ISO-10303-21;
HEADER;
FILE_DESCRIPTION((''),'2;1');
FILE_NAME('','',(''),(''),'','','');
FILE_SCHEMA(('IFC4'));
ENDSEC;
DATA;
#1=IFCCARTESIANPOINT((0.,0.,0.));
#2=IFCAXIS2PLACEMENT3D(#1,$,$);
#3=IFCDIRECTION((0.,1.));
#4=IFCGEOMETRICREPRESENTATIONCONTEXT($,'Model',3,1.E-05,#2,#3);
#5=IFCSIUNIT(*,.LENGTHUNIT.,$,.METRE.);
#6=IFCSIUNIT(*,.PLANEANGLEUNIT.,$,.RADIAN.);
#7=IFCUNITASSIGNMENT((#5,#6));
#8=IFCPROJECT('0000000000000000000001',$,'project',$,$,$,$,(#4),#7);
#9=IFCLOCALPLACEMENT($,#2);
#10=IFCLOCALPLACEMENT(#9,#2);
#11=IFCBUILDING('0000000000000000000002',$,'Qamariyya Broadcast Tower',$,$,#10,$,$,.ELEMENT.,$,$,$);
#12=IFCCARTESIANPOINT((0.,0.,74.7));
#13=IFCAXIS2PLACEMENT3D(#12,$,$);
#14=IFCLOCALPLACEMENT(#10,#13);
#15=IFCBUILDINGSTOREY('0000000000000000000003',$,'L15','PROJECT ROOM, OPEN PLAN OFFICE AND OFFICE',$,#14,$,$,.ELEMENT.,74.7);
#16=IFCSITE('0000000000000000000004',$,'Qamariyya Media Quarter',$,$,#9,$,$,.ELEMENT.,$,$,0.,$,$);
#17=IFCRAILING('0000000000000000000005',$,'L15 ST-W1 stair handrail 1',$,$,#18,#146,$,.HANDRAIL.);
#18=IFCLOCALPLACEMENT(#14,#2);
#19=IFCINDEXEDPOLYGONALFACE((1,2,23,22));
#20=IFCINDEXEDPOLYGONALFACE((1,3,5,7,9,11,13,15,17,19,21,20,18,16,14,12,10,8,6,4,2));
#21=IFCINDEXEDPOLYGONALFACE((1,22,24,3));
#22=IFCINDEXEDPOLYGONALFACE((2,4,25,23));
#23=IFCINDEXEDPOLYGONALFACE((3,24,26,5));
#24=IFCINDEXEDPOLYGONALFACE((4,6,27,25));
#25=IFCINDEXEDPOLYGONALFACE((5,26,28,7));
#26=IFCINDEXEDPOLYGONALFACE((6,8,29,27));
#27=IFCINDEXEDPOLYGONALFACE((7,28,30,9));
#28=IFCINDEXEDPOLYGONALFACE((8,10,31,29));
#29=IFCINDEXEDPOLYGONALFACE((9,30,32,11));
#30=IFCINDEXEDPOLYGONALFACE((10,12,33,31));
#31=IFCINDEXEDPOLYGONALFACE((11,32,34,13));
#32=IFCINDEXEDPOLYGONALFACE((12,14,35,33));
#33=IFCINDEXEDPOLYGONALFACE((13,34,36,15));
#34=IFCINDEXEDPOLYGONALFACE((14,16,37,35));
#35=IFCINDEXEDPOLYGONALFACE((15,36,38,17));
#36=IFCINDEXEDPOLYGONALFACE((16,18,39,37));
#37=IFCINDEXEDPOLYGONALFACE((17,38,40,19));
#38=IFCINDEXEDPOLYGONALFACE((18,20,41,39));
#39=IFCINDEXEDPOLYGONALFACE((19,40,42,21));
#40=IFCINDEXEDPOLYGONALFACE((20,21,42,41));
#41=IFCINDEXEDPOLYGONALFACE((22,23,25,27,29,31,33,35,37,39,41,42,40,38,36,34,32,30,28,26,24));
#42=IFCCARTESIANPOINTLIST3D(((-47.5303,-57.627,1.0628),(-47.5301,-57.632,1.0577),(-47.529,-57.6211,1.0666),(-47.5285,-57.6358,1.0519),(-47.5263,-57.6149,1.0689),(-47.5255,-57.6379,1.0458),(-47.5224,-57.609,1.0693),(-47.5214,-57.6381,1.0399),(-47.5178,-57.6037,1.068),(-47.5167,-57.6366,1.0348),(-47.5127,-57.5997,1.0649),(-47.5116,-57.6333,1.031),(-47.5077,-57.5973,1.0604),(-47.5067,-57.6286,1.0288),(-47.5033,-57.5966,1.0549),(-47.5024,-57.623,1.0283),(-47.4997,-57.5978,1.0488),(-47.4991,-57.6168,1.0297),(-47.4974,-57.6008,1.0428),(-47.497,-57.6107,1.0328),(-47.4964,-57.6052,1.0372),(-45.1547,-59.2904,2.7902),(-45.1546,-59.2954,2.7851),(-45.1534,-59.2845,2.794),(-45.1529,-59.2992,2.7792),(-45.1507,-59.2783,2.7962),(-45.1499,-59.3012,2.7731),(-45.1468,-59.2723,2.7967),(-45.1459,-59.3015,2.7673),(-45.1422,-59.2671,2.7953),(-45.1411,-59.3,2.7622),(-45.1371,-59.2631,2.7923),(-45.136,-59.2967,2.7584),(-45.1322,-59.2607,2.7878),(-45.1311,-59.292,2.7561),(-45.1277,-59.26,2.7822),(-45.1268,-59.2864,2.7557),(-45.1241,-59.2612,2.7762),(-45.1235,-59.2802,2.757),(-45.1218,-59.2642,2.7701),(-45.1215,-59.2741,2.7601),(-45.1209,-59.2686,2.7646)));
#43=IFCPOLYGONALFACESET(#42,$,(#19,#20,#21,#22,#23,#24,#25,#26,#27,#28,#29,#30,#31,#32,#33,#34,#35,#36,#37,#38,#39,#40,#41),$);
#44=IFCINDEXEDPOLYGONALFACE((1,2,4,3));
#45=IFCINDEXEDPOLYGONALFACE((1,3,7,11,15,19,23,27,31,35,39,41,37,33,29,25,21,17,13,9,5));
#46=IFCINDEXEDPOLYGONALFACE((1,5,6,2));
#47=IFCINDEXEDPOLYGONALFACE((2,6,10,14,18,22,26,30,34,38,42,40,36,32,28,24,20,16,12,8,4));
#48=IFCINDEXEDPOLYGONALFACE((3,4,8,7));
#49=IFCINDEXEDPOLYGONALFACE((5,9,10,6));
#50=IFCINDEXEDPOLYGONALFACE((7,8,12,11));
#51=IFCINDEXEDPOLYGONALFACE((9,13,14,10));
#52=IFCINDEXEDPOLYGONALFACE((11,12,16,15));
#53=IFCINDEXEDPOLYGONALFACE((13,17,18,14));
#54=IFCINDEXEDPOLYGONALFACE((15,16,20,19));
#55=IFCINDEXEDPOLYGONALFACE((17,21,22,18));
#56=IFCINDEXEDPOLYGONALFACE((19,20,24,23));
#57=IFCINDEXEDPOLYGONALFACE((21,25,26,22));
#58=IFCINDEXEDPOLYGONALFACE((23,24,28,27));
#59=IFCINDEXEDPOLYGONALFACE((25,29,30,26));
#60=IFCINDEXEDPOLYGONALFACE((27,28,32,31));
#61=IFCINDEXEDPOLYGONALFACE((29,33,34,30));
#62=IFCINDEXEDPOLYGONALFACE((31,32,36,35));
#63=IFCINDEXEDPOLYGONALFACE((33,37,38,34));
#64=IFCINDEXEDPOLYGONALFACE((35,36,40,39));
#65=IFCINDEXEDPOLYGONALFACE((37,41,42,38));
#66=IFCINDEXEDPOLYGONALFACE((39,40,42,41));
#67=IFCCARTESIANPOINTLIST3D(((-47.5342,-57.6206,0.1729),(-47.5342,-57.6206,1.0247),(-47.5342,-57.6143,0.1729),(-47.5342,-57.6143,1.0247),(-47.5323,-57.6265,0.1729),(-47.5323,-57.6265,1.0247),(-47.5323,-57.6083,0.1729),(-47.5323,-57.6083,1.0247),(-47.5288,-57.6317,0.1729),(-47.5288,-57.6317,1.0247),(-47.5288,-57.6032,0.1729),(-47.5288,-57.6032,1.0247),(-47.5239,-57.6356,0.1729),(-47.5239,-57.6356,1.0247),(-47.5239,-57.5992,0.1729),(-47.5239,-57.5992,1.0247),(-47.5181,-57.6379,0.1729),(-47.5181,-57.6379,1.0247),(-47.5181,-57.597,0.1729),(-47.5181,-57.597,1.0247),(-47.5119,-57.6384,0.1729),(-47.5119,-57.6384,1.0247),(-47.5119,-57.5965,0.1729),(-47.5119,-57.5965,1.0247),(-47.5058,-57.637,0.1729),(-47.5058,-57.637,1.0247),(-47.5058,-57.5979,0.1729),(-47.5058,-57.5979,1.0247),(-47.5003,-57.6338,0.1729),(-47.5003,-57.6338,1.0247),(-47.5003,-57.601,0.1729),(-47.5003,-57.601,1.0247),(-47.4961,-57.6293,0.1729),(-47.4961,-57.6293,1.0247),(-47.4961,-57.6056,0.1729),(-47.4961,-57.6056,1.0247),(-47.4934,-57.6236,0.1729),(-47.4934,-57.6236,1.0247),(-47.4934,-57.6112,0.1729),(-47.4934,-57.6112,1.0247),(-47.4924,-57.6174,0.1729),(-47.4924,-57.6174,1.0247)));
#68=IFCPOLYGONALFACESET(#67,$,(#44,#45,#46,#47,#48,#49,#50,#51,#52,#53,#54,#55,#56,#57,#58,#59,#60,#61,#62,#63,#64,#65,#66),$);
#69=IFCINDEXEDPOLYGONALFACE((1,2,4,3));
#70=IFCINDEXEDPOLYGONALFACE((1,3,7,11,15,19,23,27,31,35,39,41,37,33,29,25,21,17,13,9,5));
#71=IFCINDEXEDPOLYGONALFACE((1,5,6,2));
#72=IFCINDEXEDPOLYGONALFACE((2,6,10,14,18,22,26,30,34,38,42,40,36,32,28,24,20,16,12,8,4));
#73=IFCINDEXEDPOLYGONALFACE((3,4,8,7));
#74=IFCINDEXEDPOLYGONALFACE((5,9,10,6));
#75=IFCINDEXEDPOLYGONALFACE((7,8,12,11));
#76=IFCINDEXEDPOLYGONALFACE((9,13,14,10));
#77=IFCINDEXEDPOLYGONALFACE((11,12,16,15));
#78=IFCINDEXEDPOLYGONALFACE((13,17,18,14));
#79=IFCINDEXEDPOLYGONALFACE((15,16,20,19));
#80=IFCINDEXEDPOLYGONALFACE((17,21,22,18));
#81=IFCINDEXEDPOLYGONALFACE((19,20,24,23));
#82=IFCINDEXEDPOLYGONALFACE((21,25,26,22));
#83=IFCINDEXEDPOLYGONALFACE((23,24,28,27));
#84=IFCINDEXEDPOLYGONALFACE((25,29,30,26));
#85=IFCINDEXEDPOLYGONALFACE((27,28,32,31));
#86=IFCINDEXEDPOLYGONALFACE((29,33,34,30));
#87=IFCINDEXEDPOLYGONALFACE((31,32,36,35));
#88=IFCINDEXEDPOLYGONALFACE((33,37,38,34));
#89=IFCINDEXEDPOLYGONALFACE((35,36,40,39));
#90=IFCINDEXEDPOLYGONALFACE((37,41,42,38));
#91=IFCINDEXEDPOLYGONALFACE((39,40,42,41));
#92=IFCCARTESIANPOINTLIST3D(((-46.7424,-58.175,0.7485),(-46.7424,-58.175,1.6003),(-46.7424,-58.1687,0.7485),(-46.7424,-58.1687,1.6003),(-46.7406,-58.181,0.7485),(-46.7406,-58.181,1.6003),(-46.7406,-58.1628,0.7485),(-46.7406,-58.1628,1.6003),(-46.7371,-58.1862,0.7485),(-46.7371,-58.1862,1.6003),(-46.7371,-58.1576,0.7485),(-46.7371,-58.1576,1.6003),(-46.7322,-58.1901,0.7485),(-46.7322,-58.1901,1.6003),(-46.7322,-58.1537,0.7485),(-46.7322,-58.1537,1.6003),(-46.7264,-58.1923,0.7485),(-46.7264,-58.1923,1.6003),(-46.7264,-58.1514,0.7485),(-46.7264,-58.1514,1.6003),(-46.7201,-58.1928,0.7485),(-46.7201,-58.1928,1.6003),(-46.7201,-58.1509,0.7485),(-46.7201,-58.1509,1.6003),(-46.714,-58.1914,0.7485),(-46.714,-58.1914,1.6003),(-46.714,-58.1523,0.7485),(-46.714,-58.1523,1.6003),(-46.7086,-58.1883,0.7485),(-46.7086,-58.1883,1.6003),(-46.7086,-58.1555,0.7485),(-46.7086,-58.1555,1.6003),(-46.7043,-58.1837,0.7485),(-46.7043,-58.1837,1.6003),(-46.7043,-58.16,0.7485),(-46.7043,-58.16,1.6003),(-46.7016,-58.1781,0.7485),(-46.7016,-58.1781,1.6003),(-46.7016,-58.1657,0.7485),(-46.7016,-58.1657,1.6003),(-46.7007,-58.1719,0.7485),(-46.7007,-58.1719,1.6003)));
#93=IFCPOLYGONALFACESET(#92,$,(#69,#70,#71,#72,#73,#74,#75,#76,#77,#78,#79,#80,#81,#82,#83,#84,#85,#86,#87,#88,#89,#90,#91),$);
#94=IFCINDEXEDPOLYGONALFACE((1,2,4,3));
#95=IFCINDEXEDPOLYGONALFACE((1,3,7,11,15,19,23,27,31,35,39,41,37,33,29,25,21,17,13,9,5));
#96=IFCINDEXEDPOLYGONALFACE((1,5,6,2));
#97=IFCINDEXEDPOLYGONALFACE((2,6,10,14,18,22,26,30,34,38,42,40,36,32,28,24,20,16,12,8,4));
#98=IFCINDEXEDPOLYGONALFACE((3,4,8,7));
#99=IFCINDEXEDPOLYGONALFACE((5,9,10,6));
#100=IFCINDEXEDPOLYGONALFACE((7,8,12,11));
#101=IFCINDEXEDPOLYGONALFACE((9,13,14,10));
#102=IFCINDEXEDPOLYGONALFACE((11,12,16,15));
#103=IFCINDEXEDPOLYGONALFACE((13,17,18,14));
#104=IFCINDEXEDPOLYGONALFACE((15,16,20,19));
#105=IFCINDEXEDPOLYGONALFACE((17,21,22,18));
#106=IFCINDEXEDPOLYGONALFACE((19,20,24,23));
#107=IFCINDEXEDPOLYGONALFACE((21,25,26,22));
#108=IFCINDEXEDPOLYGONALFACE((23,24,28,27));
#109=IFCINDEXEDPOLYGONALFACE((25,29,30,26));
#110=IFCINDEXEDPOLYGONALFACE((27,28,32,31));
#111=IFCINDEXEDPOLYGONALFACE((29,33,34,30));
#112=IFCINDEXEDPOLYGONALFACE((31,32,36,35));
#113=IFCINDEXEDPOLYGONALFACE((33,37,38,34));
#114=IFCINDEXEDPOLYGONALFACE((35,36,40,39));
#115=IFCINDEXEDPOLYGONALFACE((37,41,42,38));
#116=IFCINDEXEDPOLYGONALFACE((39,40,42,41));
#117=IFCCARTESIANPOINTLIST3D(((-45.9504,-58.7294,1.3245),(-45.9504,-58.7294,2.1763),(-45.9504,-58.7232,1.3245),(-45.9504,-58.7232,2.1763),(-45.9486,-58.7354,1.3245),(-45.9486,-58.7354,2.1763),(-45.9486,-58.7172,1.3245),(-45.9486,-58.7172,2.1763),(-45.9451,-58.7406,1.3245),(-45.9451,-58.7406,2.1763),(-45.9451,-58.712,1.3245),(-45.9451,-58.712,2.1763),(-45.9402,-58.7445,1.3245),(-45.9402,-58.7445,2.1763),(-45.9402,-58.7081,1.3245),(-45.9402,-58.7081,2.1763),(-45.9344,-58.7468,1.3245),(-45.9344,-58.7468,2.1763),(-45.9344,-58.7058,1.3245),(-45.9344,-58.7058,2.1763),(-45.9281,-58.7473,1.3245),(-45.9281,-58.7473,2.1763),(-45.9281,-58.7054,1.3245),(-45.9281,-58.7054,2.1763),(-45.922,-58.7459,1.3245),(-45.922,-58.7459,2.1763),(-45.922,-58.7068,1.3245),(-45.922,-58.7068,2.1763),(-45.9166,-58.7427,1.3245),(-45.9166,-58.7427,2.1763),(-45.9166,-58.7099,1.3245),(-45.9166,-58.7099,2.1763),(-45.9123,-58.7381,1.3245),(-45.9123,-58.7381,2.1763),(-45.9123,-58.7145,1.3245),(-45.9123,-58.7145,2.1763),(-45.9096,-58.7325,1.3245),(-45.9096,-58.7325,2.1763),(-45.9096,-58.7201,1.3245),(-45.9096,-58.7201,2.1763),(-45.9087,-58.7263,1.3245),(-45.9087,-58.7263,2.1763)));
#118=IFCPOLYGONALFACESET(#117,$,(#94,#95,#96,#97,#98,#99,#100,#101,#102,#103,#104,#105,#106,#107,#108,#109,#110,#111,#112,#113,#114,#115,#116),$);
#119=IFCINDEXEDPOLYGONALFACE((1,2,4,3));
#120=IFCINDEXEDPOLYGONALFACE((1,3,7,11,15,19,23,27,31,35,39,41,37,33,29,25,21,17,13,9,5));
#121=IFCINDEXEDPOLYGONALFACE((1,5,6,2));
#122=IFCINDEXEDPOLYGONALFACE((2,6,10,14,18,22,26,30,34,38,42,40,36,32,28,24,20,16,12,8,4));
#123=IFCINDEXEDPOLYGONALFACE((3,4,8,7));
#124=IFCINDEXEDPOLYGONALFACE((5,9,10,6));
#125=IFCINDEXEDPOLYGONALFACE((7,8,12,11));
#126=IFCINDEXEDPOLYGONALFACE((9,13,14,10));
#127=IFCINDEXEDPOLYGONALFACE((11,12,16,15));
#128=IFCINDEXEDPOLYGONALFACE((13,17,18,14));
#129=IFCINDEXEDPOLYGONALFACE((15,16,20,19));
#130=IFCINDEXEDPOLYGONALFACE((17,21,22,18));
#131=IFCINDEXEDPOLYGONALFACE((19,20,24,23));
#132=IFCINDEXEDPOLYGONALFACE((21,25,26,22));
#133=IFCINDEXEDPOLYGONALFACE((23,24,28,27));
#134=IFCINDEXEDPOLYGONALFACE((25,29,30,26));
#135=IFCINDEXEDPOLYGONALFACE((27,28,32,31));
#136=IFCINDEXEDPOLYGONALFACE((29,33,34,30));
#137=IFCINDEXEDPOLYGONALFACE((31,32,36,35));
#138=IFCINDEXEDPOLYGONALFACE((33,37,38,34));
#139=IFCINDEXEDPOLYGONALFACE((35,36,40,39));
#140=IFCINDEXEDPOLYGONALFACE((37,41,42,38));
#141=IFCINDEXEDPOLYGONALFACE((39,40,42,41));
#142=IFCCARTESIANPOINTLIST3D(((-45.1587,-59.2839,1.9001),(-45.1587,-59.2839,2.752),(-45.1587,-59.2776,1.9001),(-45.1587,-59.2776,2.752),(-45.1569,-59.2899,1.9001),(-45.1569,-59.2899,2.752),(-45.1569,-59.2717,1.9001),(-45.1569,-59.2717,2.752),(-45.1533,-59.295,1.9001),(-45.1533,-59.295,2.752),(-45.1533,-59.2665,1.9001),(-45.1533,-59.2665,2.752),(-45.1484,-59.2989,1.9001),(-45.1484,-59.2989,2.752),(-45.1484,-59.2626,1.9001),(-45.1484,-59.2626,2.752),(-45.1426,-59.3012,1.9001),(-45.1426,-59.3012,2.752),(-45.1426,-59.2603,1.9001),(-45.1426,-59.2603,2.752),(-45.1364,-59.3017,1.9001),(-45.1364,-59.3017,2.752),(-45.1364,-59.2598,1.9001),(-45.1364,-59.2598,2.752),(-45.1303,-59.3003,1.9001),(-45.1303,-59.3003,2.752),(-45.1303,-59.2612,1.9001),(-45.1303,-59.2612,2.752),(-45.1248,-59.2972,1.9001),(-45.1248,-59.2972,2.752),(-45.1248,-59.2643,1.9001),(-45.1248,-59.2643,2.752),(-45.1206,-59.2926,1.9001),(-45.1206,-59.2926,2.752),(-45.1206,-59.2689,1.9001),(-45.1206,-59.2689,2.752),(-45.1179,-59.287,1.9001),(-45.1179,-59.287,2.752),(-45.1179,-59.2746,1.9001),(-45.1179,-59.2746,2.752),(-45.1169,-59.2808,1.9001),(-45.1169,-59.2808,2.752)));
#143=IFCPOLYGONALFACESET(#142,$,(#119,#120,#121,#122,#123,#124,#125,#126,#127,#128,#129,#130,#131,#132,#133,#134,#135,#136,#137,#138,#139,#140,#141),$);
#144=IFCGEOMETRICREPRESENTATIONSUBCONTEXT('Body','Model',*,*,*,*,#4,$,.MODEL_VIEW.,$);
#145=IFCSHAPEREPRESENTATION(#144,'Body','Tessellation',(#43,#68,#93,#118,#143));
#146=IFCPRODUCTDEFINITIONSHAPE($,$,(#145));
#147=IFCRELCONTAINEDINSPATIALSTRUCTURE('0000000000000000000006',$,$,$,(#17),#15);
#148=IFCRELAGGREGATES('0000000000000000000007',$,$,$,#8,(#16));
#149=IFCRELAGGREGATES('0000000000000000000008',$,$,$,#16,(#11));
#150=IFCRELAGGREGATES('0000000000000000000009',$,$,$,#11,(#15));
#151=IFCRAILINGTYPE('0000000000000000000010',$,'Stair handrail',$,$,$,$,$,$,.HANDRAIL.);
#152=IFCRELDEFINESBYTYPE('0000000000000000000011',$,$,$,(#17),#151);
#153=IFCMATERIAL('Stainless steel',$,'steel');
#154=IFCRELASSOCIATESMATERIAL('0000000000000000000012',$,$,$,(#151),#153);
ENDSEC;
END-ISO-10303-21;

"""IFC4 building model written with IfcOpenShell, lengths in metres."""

from ifc_helpers import new_model, si_unit, direction, frame, origin, origin_2d, place, context, subcontext, project, spatial, circle, extrude, material, type_object, element, save


model = new_model("IFC4")

# Units and contexts
model_context = context("Model", 3, precision=1e-05, world=origin(), true_north=direction((0.0, 1.0)))
body_context = subcontext(model_context, "Body", "Model", "MODEL_VIEW")
ifc_project = project(units=[si_unit("LENGTHUNIT", "METRE"), si_unit("PLANEANGLEUNIT", "RADIAN")], contexts=[model_context])

# Site, building, storey
site_placement = place(None, origin())
site = spatial("IfcSite", under=ifc_project, at=site_placement, Name="Qamariyya Media Quarter", CompositionType="ELEMENT", RefElevation=0.0)
building_placement = place(site_placement, origin())
building = spatial("IfcBuilding", under=site, at=building_placement, Name="Qamariyya Broadcast Tower", CompositionType="ELEMENT")
storey_placement = place(building_placement, frame((0.0, 0.0, 74.7)))
storey = spatial("IfcBuildingStorey", under=building, at=storey_placement, Name="L15", Description="PROJECT ROOM, OPEN PLAN OFFICE AND OFFICE", CompositionType="ELEMENT", Elevation=74.7)

# Railing
ifc_material_1 = material(Name="Stainless steel", Category="steel")
railing_type_1 = type_object("IfcRailingType", Name="Stair handrail", PredefinedType="HANDRAIL", material=ifc_material_1)
railing_1_placement = place(storey_placement, frame((-47.5134, -57.6174, 0.1729)))
element("IfcRailing", 1, at=railing_1_placement, inside=storey, type_object=railing_type_1, Name="L15 ST-W1 stair handrail 1", PredefinedType="HANDRAIL", context=body_context, shape_type="SweptSolid", body=[
    extrude(circle(Radius=0.0239, at=origin_2d()), frame((0.0, 0.0, 0.876), z_axis=(0.70377, -0.492784, 0.511734), x_axis=(0.573575, 0.819153, 0.0)), (0.0, 0.0, 1.0), 3.3755),
    extrude(circle(Radius=0.021, at=origin_2d()), origin(), (0.0, 0.0, 1.0), 0.8518),
    extrude(circle(Radius=0.021, at=origin_2d()), frame((0.7917, -0.5544, 0.5757)), (0.0, 0.0, 1.0), 0.8518),
    extrude(circle(Radius=0.021, at=origin_2d()), frame((1.5837, -1.1089, 1.1516)), (0.0, 0.0, 1.0), 0.8518),
    extrude(circle(Radius=0.021, at=origin_2d()), frame((2.3755, -1.6633, 1.7273)), (0.0, 0.0, 1.0), 0.8518),
])

save(model, "model.ifc")
